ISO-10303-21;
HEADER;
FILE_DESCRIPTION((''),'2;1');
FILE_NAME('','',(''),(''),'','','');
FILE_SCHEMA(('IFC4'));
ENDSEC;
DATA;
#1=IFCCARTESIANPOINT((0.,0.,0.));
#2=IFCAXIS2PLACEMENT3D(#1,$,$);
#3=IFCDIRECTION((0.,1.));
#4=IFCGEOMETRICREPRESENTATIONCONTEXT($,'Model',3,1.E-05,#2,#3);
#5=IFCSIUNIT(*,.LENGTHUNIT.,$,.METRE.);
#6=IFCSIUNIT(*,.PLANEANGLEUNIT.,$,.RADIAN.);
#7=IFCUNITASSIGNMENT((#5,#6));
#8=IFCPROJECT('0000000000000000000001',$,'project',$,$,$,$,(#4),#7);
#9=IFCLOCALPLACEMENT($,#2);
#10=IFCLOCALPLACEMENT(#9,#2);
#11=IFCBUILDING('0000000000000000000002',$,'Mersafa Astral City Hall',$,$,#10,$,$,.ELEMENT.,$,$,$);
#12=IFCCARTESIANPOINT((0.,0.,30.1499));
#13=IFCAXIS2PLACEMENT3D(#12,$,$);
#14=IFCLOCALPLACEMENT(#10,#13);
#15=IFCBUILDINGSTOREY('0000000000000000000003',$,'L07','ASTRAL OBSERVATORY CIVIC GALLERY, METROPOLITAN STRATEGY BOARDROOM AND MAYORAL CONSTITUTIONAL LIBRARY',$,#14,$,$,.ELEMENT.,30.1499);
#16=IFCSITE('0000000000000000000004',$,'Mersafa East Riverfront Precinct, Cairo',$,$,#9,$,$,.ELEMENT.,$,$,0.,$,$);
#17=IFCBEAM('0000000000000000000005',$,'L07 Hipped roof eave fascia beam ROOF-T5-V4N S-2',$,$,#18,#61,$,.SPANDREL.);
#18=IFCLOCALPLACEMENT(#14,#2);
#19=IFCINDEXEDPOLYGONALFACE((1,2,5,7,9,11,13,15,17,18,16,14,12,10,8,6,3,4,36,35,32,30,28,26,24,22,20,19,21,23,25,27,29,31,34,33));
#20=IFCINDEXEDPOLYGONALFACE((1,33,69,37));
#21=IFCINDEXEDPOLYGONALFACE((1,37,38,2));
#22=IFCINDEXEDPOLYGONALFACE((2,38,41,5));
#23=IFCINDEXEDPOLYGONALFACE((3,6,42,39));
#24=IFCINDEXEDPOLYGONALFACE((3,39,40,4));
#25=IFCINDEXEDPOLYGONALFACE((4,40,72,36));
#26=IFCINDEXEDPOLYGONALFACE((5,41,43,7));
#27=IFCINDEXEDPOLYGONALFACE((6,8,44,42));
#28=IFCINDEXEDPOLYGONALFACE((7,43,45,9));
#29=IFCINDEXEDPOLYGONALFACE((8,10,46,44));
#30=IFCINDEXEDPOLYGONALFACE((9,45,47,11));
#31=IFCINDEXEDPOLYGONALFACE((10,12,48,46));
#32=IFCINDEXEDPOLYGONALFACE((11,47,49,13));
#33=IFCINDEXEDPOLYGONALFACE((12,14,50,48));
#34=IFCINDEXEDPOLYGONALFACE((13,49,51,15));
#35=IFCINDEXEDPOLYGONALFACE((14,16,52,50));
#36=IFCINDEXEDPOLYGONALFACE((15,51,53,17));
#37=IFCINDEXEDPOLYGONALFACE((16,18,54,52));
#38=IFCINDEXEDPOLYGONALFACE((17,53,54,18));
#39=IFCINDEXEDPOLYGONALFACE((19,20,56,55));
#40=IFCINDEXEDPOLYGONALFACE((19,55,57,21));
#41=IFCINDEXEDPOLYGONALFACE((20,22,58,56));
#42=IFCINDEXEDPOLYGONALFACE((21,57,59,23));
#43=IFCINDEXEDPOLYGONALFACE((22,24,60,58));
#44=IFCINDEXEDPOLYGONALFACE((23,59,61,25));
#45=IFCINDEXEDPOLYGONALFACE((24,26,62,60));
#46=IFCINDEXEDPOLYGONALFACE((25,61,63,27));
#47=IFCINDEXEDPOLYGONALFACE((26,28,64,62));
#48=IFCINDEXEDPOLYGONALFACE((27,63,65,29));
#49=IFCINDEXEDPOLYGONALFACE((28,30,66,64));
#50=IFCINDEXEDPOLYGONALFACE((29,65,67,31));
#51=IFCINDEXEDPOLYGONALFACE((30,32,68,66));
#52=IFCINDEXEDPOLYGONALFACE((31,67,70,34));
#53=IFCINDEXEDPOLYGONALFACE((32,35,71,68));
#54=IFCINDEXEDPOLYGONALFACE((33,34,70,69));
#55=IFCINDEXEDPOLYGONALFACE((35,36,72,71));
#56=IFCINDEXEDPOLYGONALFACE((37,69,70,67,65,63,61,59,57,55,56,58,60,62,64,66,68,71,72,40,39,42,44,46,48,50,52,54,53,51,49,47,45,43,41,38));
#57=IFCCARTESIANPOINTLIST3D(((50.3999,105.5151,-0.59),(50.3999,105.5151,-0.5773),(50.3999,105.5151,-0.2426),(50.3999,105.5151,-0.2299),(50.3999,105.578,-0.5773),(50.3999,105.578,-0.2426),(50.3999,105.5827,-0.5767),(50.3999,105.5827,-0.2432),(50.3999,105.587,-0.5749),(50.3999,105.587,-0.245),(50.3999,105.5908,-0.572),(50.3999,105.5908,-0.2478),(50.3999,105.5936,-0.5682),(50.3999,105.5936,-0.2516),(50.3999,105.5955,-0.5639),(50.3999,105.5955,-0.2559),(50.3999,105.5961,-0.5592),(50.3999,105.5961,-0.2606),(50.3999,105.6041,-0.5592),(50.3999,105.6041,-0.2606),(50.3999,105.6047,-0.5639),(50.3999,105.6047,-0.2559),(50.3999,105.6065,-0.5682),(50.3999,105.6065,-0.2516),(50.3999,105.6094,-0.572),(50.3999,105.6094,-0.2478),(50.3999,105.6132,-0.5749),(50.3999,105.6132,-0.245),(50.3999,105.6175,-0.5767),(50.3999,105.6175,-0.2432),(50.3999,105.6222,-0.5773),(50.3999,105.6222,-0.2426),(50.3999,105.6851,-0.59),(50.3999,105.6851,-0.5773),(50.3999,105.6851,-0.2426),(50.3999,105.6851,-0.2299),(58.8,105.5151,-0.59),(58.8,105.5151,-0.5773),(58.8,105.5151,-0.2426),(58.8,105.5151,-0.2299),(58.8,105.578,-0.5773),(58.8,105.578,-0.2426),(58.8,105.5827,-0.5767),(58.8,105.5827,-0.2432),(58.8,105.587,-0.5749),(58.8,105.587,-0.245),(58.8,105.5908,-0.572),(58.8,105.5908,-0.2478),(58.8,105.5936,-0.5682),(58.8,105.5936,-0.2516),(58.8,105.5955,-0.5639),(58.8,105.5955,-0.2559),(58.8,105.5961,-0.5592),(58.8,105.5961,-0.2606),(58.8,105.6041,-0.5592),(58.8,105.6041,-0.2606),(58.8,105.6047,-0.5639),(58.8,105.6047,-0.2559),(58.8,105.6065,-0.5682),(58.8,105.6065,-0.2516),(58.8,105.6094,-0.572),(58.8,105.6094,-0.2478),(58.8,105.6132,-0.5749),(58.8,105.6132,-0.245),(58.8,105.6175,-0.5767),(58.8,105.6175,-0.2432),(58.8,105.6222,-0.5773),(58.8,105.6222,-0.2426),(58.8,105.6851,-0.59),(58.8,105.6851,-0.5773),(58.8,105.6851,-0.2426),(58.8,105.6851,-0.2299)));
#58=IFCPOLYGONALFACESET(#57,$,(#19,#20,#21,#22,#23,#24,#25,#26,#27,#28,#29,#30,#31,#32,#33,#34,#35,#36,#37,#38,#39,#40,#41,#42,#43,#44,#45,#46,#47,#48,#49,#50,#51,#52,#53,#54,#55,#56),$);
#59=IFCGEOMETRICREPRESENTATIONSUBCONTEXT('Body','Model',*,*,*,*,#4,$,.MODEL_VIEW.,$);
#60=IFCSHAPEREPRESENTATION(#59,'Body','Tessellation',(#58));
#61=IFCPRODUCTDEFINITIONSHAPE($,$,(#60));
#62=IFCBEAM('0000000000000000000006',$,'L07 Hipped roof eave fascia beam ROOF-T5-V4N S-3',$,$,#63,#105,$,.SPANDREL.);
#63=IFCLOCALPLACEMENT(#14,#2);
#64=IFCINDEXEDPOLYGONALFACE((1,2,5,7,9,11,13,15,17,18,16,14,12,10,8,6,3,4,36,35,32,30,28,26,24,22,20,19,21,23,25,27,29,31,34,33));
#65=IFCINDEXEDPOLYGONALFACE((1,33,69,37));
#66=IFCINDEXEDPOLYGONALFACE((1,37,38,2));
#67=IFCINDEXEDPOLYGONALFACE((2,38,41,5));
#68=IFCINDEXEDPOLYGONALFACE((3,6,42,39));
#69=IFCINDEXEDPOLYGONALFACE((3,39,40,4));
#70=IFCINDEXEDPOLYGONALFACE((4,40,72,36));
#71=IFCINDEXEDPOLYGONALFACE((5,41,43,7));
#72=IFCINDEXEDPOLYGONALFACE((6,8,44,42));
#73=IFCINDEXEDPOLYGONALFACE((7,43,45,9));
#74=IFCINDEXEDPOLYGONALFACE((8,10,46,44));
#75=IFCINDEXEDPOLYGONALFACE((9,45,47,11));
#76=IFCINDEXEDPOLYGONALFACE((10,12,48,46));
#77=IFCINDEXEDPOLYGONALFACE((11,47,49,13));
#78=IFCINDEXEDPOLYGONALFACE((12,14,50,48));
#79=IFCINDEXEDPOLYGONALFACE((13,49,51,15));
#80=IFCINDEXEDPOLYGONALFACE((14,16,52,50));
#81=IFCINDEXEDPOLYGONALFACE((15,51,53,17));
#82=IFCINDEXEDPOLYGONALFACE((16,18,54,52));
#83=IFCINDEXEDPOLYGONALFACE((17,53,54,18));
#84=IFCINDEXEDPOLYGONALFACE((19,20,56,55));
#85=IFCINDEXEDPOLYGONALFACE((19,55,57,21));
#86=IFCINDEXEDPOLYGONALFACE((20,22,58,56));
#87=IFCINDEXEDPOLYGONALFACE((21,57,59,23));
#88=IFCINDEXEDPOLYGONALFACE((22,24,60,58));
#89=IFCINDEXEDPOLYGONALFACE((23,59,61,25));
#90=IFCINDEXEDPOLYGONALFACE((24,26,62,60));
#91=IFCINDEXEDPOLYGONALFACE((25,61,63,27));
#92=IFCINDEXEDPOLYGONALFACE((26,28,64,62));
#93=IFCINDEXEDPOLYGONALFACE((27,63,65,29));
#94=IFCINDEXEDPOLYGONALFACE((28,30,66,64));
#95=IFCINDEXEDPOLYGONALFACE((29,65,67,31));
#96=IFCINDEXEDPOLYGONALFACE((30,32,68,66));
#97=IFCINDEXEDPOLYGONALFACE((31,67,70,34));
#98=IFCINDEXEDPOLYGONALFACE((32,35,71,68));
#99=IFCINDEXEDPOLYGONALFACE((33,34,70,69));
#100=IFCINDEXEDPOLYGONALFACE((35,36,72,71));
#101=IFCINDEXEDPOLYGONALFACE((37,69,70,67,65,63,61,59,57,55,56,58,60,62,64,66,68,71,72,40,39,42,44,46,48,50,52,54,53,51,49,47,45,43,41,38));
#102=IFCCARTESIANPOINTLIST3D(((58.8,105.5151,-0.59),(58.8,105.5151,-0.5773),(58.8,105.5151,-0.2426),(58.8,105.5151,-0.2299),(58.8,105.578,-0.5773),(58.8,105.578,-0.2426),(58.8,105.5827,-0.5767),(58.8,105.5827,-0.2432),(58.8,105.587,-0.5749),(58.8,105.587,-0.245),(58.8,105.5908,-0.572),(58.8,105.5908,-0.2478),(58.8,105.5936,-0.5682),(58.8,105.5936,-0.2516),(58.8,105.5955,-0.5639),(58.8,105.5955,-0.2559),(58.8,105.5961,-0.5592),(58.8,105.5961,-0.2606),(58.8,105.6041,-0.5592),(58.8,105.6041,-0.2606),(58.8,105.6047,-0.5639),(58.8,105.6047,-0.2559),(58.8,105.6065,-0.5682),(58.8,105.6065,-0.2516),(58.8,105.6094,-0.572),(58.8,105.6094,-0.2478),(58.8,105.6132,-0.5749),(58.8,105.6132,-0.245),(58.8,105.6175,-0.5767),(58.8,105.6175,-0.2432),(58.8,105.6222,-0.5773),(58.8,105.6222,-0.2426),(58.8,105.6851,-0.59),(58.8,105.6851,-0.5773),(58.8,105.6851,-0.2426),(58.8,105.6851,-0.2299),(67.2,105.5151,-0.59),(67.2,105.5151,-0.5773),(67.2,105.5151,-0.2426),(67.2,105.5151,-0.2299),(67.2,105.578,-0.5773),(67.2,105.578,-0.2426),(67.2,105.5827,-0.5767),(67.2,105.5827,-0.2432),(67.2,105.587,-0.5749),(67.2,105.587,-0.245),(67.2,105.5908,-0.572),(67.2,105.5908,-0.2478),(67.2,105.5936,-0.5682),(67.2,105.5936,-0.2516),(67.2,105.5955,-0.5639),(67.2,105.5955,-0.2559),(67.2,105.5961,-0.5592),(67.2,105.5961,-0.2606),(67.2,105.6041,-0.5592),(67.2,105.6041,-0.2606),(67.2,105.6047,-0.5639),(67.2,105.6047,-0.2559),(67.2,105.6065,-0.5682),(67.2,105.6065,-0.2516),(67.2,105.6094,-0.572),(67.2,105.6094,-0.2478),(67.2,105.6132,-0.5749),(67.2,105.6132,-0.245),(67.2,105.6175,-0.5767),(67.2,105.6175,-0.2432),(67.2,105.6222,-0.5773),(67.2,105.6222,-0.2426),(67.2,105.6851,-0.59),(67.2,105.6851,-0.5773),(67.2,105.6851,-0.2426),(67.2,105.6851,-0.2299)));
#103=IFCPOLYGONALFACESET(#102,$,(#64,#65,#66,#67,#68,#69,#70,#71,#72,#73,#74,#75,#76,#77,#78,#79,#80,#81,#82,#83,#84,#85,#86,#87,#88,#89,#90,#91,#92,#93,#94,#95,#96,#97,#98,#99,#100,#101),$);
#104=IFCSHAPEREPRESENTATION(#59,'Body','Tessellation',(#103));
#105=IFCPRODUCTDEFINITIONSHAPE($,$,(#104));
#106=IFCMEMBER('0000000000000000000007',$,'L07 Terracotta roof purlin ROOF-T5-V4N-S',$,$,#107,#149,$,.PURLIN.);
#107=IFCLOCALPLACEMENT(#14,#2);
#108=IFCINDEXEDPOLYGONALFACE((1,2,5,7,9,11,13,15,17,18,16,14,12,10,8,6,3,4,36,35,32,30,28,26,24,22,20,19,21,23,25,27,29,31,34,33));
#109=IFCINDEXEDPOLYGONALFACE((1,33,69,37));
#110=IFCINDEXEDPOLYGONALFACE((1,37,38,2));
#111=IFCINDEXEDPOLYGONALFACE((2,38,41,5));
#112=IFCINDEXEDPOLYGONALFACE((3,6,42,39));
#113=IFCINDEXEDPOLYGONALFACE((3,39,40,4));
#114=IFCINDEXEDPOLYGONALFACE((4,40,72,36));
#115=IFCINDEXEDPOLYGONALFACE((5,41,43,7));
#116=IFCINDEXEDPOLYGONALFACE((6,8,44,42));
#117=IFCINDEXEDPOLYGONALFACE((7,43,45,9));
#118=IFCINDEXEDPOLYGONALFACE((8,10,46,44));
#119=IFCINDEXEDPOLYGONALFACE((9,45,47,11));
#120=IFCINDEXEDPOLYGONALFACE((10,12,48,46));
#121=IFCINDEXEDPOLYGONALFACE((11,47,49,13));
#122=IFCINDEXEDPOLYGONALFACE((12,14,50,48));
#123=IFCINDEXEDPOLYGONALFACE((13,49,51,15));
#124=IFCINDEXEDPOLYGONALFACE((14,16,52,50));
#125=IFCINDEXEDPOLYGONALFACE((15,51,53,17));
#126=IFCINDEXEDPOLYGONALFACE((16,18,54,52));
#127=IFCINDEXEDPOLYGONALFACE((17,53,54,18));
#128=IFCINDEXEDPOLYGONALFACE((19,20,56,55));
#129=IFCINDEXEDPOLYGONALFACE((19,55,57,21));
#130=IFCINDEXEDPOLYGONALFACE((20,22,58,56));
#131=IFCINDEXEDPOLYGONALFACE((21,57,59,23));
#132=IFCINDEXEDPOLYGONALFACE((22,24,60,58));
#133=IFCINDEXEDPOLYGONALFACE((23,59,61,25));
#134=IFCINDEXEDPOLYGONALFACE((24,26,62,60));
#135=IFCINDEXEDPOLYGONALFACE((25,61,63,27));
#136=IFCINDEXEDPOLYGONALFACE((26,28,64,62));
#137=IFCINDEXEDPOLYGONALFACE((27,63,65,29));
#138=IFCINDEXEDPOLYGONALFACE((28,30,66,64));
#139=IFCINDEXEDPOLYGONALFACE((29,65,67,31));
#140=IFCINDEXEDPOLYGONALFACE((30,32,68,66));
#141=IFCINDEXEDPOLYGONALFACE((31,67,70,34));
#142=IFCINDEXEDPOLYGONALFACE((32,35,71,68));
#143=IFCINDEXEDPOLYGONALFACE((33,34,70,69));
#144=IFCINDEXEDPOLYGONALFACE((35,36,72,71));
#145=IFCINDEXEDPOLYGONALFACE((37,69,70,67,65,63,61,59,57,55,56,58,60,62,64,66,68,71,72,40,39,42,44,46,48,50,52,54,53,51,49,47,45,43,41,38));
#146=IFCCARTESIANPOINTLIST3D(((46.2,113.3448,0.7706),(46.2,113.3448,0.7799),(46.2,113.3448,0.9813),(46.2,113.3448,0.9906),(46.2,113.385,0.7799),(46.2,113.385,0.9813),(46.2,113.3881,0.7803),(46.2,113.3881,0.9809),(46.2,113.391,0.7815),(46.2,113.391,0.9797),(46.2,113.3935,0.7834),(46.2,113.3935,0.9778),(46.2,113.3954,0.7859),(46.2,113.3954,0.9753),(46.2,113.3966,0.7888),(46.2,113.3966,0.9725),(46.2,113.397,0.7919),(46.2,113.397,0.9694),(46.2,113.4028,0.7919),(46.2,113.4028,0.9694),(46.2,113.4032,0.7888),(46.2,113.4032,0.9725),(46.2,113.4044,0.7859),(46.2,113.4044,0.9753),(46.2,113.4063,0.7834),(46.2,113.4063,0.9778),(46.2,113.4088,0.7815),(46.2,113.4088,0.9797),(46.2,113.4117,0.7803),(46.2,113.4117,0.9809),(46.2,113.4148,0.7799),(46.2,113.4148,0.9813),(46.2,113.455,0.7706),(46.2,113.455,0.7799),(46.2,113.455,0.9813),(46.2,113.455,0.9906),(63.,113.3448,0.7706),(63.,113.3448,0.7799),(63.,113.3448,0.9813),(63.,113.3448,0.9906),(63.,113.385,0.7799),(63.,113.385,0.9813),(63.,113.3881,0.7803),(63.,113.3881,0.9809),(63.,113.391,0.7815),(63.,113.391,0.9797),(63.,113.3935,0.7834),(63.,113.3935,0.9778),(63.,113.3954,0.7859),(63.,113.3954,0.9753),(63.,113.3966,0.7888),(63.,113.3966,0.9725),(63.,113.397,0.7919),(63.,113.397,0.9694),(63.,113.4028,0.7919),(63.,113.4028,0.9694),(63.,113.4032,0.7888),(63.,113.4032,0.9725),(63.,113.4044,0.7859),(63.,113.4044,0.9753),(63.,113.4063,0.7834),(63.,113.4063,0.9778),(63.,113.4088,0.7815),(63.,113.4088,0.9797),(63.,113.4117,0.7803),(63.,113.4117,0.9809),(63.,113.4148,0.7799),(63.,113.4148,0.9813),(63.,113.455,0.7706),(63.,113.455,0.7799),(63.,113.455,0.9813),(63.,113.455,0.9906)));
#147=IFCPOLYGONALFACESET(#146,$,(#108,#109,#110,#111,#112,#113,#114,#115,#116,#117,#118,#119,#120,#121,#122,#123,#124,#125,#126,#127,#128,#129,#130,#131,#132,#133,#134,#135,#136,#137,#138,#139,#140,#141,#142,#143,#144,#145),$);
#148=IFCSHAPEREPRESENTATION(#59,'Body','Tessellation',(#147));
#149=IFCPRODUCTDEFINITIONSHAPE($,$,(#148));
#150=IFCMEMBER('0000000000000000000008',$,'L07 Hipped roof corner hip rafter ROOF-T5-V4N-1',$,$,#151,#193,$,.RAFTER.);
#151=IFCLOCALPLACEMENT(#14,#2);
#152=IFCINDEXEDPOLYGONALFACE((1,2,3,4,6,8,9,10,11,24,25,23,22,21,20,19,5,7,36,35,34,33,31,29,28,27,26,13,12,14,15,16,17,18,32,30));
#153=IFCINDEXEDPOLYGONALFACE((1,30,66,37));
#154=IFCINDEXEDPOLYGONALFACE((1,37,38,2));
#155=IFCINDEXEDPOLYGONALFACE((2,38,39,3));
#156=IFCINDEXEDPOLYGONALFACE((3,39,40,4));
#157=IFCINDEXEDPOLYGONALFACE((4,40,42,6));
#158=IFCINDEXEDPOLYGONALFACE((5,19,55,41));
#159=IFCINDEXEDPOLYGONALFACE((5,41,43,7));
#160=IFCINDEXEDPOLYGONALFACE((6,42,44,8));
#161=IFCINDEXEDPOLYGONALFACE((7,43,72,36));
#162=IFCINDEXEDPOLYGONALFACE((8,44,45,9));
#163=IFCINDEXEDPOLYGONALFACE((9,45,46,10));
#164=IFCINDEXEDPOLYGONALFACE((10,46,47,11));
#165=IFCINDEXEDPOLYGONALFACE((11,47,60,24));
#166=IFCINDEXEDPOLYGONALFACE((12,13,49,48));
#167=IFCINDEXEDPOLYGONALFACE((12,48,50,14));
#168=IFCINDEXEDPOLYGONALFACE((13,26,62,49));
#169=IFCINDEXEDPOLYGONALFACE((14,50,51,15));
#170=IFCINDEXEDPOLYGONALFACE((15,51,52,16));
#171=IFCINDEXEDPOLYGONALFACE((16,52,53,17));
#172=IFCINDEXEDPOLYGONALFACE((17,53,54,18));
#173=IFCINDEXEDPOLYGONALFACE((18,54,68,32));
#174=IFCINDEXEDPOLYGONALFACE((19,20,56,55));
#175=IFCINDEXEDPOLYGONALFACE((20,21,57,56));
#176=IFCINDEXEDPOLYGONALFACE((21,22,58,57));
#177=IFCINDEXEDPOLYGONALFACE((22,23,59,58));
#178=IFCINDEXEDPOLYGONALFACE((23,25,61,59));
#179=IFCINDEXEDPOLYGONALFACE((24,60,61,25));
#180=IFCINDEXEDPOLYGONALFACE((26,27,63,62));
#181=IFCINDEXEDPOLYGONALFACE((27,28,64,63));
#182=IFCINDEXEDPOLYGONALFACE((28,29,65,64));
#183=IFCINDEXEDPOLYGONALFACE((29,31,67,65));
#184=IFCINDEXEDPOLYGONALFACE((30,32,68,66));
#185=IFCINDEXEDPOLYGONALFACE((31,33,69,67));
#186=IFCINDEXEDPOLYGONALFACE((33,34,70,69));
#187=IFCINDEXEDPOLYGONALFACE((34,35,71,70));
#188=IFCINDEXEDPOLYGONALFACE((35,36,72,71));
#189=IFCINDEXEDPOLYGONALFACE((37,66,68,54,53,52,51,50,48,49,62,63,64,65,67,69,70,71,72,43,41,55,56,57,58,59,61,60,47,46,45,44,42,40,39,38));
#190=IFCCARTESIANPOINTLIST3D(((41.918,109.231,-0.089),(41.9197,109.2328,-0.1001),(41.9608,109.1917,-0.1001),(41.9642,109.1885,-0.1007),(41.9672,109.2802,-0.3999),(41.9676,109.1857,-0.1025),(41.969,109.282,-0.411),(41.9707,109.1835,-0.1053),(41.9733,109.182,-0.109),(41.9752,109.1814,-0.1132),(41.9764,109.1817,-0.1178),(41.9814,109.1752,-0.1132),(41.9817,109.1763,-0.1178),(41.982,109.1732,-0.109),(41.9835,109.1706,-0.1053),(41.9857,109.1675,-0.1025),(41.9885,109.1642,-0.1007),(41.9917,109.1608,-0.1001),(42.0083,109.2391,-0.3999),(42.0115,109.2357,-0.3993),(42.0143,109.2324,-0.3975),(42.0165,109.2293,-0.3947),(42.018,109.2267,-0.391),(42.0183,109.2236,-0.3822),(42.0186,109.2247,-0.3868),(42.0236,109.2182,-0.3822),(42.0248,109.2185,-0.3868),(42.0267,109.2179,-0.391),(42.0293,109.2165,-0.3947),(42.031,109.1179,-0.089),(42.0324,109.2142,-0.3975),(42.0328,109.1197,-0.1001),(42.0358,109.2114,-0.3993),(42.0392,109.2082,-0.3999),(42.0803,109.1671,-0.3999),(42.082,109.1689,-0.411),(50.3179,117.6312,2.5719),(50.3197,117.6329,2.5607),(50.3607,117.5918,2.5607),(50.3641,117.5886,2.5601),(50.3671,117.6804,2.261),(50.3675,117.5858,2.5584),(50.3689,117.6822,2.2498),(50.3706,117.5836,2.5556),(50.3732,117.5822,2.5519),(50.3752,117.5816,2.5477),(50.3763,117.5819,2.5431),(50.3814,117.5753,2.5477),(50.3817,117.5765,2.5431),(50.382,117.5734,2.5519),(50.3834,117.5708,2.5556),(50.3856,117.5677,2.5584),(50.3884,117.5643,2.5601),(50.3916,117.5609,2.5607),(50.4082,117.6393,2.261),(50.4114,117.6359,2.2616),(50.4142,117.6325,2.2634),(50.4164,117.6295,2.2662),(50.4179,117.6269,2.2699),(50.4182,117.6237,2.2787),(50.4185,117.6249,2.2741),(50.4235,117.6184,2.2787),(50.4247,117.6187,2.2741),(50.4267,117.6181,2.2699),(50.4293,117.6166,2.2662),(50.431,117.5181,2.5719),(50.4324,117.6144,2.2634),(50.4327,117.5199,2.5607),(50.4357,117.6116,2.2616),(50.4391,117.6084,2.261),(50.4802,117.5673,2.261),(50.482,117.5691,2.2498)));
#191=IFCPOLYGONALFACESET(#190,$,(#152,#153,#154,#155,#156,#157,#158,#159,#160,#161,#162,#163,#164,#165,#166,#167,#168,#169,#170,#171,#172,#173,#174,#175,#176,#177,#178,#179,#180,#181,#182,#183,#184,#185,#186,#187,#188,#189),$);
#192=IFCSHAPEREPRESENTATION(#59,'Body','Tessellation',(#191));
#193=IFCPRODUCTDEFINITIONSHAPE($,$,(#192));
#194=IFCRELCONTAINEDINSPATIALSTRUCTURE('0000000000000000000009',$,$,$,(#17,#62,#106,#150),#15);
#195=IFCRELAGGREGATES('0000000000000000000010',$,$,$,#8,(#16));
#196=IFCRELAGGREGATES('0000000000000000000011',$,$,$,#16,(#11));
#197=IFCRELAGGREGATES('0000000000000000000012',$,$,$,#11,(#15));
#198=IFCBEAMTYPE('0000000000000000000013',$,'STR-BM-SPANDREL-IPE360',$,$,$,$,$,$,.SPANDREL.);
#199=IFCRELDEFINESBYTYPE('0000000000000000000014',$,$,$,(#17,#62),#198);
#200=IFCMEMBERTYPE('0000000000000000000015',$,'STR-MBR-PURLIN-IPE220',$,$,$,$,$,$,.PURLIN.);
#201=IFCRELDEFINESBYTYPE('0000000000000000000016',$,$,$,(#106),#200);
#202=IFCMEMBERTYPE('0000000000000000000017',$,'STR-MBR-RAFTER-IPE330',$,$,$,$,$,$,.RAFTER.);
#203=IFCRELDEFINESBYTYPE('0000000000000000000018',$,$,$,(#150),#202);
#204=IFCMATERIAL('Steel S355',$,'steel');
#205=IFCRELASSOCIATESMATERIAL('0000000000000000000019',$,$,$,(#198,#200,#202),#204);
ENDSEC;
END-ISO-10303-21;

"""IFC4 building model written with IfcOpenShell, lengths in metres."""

from ifc_helpers import new_model, si_unit, direction, frame, origin, origin_2d, place, context, subcontext, project, spatial, i_section, extrude, material, material_profile, profile_set, type_object, element, save


model = new_model("IFC4")

# Units and contexts
model_context = context("Model", 3, precision=1e-05, world=origin(), true_north=direction((0.0, 1.0)))
body_context = subcontext(model_context, "Body", "Model", "MODEL_VIEW")
ifc_project = project(units=[si_unit("LENGTHUNIT", "METRE"), si_unit("PLANEANGLEUNIT", "RADIAN")], contexts=[model_context])

# Site, building, storey
site_placement = place(None, origin())
site = spatial("IfcSite", under=ifc_project, at=site_placement, Name="Mersafa East Riverfront Precinct, Cairo", CompositionType="ELEMENT", RefElevation=0.0)
building_placement = place(site_placement, origin())
building = spatial("IfcBuilding", under=site, at=building_placement, Name="Mersafa Astral City Hall", CompositionType="ELEMENT")
storey_placement = place(building_placement, frame((0.0, 0.0, 30.1499)))
storey = spatial("IfcBuildingStorey", under=building, at=storey_placement, Name="L07", Description="ASTRAL OBSERVATORY CIVIC GALLERY, METROPOLITAN STRATEGY BOARDROOM AND MAYORAL CONSTITUTIONAL LIBRARY", CompositionType="ELEMENT", Elevation=30.1499)

# Beams
ifc_material_1 = material(Name="Steel S355", Category="steel")
ifc_material_profile_1 = material_profile(ifc_material_1, i_section(OverallWidth=0.1699, OverallDepth=0.3601, WebThickness=0.0081, FlangeThickness=0.0127, FilletRadius=0.0181, at=origin_2d()), Name="IPE 360")
ifc_profile_set_1 = profile_set([ifc_material_profile_1], Name="Steel S355")
beam_type_1 = type_object("IfcBeamType", Name="STR-BM-SPANDREL-IPE360", PredefinedType="SPANDREL", material=ifc_profile_set_1)
beam_1_placement = place(storey_placement, frame((50.3999, 105.6001, -0.4099), z_axis=(1.0, 0.0, 0.0), x_axis=(0.0, 1.0, 0.0)))
element("IfcBeam", 1, at=beam_1_placement, inside=storey, type_object=beam_type_1, Name="L07 Hipped roof eave fascia beam ROOF-T5-V4N S-2", PredefinedType="SPANDREL", context=body_context, shape_type="SweptSolid", body=[
    extrude(i_section(OverallWidth=0.1699, OverallDepth=0.3601, WebThickness=0.0081, FlangeThickness=0.0127, FilletRadius=0.0181, at=origin_2d()), origin(), (0.0, 0.0, 1.0), 8.4001),
])
beam_2_placement = place(storey_placement, frame((58.8, 105.6001, -0.4099), z_axis=(1.0, 0.0, 0.0), x_axis=(0.0, 1.0, 0.0)))
element("IfcBeam", 2, at=beam_2_placement, inside=storey, type_object=beam_type_1, Name="L07 Hipped roof eave fascia beam ROOF-T5-V4N S-3", PredefinedType="SPANDREL", context=body_context, shape_type="SweptSolid", body=[
    extrude(i_section(OverallWidth=0.1699, OverallDepth=0.3601, WebThickness=0.0081, FlangeThickness=0.0127, FilletRadius=0.0181, at=origin_2d()), origin(), (0.0, 0.0, 1.0), 8.3999),
])

# Members
ifc_material_profile_2 = material_profile(ifc_material_1, i_section(OverallWidth=0.1101, OverallDepth=0.22, WebThickness=0.0059, FlangeThickness=0.0093, FilletRadius=0.012, at=origin_2d()), Name="IPE 220")
ifc_profile_set_2 = profile_set([ifc_material_profile_2], Name="Steel S355")
member_type_1 = type_object("IfcMemberType", Name="STR-MBR-PURLIN-IPE220", PredefinedType="PURLIN", material=ifc_profile_set_2)
member_placement = place(storey_placement, frame((46.2, 113.3999, 0.8806), z_axis=(1.0, 0.0, 0.0), x_axis=(0.0, 1.0, 0.0)))
element("IfcMember", 3, at=member_placement, inside=storey, type_object=member_type_1, Name="L07 Terracotta roof purlin ROOF-T5-V4N-S", PredefinedType="PURLIN", context=body_context, shape_type="SweptSolid", body=[
    extrude(i_section(OverallWidth=0.1101, OverallDepth=0.22, WebThickness=0.0059, FlangeThickness=0.0093, FilletRadius=0.012, at=origin_2d()), origin(), (0.0, 0.0, 1.0), 16.8),
])
ifc_material_profile_3 = material_profile(ifc_material_1, i_section(OverallWidth=0.1599, OverallDepth=0.3301, WebThickness=0.0076, FlangeThickness=0.0115, FilletRadius=0.0181, at=origin_2d()), Name="IPE 330")
ifc_profile_set_3 = profile_set([ifc_material_profile_3], Name="Steel S355")
member_type_2 = type_object("IfcMemberType", Name="STR-MBR-RAFTER-IPE330", PredefinedType="RAFTER", material=ifc_profile_set_3)
for number, where, z_axis, x_axis, name in (
    (4, (42.0, 109.2, -0.25), (0.689999, 0.690019, 0.218575), (-0.707117, 0.707097, 0.0), "L07 Hipped roof corner hip rafter ROOF-T5-V4N-1"),
):
    element("IfcMember", number, at=place(storey_placement, frame(where, z_axis=z_axis, x_axis=x_axis)), inside=storey, type_object=member_type_2, Name=name, PredefinedType="RAFTER", context=body_context, shape_type="SweptSolid", body=[
        extrude(i_section(OverallWidth=0.1599, OverallDepth=0.3301, WebThickness=0.0076, FlangeThickness=0.0115, FilletRadius=0.0181, at=origin_2d()), origin(), (0.0, 0.0, 1.0), 12.1738),
    ])

save(model, "model.ifc")
